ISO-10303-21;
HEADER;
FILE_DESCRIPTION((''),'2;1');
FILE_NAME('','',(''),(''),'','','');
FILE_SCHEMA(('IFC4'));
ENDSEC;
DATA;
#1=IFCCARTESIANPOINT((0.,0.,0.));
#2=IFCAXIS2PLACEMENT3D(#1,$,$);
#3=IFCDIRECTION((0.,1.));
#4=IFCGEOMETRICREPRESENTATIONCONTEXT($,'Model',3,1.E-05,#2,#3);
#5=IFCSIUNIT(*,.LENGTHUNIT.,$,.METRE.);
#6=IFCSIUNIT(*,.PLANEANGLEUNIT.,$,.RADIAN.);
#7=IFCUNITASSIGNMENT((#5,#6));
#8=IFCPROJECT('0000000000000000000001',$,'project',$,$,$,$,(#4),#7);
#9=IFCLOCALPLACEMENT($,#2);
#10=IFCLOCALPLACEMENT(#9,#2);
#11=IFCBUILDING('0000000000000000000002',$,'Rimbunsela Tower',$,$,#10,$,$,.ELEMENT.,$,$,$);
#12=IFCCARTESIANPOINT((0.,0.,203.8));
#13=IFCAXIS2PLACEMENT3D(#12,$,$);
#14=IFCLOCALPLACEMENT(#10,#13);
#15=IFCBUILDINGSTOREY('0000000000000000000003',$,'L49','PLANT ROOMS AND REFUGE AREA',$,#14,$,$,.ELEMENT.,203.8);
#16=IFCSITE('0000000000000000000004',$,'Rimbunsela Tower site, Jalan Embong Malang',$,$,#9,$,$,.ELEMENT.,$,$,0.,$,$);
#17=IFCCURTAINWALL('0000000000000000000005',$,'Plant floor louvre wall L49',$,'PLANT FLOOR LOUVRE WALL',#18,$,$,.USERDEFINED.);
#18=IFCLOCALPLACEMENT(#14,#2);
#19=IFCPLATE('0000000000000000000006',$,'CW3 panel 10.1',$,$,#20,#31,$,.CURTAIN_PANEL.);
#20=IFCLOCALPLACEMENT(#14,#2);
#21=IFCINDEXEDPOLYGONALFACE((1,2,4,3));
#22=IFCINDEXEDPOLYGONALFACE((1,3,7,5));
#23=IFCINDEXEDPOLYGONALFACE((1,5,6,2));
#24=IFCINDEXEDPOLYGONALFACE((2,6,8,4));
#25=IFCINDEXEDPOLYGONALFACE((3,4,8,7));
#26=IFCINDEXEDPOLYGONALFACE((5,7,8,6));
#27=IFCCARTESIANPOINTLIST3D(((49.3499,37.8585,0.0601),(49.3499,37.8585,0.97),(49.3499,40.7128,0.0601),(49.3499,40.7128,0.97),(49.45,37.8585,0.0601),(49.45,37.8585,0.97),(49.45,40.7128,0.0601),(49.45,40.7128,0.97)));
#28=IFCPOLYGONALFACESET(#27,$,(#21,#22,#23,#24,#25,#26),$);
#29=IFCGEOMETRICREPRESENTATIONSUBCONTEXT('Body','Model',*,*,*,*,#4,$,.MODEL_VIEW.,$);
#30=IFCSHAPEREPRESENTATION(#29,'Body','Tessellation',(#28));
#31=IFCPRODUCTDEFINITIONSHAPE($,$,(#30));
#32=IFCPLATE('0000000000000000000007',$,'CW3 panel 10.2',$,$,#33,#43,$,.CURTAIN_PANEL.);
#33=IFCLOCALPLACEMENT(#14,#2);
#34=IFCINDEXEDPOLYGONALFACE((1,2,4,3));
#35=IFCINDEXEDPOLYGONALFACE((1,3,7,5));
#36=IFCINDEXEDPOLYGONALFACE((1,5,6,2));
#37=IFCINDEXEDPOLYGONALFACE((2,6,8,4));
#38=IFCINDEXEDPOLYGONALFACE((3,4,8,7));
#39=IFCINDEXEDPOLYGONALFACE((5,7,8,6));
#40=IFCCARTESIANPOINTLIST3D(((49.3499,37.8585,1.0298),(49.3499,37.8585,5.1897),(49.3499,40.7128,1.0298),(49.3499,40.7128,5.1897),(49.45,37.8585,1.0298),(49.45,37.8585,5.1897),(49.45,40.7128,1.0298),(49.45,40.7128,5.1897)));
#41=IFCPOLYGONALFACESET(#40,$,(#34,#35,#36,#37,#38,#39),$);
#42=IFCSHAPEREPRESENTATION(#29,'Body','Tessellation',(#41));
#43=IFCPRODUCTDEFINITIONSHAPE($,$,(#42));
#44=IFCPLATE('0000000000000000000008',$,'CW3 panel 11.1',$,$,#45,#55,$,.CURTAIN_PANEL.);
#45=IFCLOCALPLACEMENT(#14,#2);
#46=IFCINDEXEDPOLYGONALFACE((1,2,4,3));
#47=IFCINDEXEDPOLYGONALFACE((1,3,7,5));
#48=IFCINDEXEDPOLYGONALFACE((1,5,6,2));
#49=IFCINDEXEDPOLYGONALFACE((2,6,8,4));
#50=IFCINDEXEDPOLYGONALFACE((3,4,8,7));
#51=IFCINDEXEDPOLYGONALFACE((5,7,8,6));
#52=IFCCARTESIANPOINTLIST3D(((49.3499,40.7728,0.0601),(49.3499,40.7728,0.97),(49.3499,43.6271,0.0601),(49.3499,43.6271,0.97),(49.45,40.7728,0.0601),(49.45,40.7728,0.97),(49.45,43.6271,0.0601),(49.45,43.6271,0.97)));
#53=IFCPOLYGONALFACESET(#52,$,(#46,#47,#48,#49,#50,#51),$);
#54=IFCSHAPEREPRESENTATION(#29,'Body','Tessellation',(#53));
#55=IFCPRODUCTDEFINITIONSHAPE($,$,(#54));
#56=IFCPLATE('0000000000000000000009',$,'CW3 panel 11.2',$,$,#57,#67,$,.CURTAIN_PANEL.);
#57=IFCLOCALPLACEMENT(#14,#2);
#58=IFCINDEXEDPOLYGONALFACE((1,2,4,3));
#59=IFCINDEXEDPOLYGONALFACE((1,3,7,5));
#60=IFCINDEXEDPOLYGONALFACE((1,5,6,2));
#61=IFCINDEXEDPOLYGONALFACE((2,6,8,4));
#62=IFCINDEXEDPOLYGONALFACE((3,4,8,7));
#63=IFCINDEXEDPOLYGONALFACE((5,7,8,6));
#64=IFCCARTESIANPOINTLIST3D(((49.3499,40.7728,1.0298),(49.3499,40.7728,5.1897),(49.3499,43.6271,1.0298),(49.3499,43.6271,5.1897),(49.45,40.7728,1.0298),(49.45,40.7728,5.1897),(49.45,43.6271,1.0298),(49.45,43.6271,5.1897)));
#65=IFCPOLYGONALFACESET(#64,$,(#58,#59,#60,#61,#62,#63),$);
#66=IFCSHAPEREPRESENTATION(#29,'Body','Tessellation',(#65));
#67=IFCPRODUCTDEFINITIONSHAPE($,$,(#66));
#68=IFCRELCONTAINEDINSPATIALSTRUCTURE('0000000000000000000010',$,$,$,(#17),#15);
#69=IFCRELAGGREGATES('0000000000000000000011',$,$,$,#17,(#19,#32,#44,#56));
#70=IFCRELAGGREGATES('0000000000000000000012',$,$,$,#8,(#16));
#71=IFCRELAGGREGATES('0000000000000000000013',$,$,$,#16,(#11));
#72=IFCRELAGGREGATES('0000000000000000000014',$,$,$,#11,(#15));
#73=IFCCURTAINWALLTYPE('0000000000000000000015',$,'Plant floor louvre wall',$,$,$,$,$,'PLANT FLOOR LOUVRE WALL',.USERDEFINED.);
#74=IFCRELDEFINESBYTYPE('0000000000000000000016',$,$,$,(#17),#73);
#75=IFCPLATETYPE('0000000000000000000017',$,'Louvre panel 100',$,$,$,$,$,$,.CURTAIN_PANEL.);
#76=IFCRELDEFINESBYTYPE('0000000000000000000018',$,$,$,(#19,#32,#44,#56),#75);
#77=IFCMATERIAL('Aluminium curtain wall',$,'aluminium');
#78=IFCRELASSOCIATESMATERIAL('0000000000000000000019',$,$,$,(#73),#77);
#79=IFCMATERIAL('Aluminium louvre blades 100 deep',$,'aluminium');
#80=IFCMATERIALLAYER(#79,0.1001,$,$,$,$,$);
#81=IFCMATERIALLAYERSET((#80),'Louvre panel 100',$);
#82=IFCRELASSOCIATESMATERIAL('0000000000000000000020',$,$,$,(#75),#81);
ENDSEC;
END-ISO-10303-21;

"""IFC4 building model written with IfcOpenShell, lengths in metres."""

from ifc_helpers import new_model, si_unit, direction, frame, origin, origin_2d, place, context, subcontext, project, spatial, rectangle, extrude, material, layer, layer_set, type_object, element, aggregate, save


model = new_model("IFC4")

# Units and contexts
model_context = context("Model", 3, precision=1e-05, world=origin(), true_north=direction((0.0, 1.0)))
body_context = subcontext(model_context, "Body", "Model", "MODEL_VIEW")
ifc_project = project(units=[si_unit("LENGTHUNIT", "METRE"), si_unit("PLANEANGLEUNIT", "RADIAN")], contexts=[model_context])

# Site, building, storey
site_placement = place(None, origin())
site = spatial("IfcSite", under=ifc_project, at=site_placement, Name="Rimbunsela Tower site, Jalan Embong Malang", CompositionType="ELEMENT", RefElevation=0.0)
building_placement = place(site_placement, origin())
building = spatial("IfcBuilding", under=site, at=building_placement, Name="Rimbunsela Tower", CompositionType="ELEMENT")
storey_placement = place(building_placement, frame((0.0, 0.0, 203.8)))
storey = spatial("IfcBuildingStorey", under=building, at=storey_placement, Name="L49", Description="PLANT ROOMS AND REFUGE AREA", CompositionType="ELEMENT", Elevation=203.8)

# Curtain wall
ifc_material_1 = material(Name="Aluminium curtain wall", Category="aluminium")
curtain_wall_type = type_object("IfcCurtainWallType", Name="Plant floor louvre wall", ElementType="PLANT FLOOR LOUVRE WALL", PredefinedType="USERDEFINED", material=ifc_material_1)
curtain_wall_placement = place(storey_placement, origin())
curtain_wall = element("IfcCurtainWall", 1, at=curtain_wall_placement, inside=storey, type_object=curtain_wall_type, Name="Plant floor louvre wall L49", ObjectType="PLANT FLOOR LOUVRE WALL", PredefinedType="USERDEFINED")

# Plates
ifc_material_2 = material(Name="Aluminium louvre blades 100 deep", Category="aluminium")
ifc_layer = layer(ifc_material_2, 0.1001)
ifc_layer_set = layer_set([ifc_layer], Name="Louvre panel 100")
plate_type = type_object("IfcPlateType", Name="Louvre panel 100", PredefinedType="CURTAIN_PANEL", material=ifc_layer_set)
plate_1_placement = place(storey_placement, frame((49.3999, 39.2856, 0.0601), z_axis=(0.0, 0.0, 1.0), x_axis=(0.0, 1.0, 0.0)))
plate_1 = element("IfcPlate", 2, at=plate_1_placement, type_object=plate_type, Name="CW3 panel 10.1", PredefinedType="CURTAIN_PANEL", context=body_context, shape_type="SweptSolid", body=[
    extrude(rectangle(XDim=2.8542, YDim=0.1001, at=origin_2d()), origin(), (0.0, 0.0, 1.0), 0.9099),
])
plate_2_placement = place(storey_placement, frame((49.3999, 39.2856, 1.0298), z_axis=(0.0, 0.0, 1.0), x_axis=(0.0, 1.0, 0.0)))
plate_2 = element("IfcPlate", 3, at=plate_2_placement, type_object=plate_type, Name="CW3 panel 10.2", PredefinedType="CURTAIN_PANEL", context=body_context, shape_type="SweptSolid", body=[
    extrude(rectangle(XDim=2.8542, YDim=0.1001, at=origin_2d()), origin(), (0.0, 0.0, 1.0), 4.1599),
])
plate_3_placement = place(storey_placement, frame((49.3999, 42.2, 0.0601), z_axis=(0.0, 0.0, 1.0), x_axis=(0.0, 1.0, 0.0)))
plate_3 = element("IfcPlate", 4, at=plate_3_placement, type_object=plate_type, Name="CW3 panel 11.1", PredefinedType="CURTAIN_PANEL", context=body_context, shape_type="SweptSolid", body=[
    extrude(rectangle(XDim=2.8542, YDim=0.1001, at=origin_2d()), origin(), (0.0, 0.0, 1.0), 0.9099),
])
plate_4_placement = place(storey_placement, frame((49.3999, 42.2, 1.0298), z_axis=(0.0, 0.0, 1.0), x_axis=(0.0, 1.0, 0.0)))
plate_4 = element("IfcPlate", 5, at=plate_4_placement, type_object=plate_type, Name="CW3 panel 11.2", PredefinedType="CURTAIN_PANEL", context=body_context, shape_type="SweptSolid", body=[
    extrude(rectangle(XDim=2.8542, YDim=0.1001, at=origin_2d()), origin(), (0.0, 0.0, 1.0), 4.1599),
])
aggregate(curtain_wall, [plate_1, plate_2, plate_3, plate_4])

save(model, "model.ifc")
